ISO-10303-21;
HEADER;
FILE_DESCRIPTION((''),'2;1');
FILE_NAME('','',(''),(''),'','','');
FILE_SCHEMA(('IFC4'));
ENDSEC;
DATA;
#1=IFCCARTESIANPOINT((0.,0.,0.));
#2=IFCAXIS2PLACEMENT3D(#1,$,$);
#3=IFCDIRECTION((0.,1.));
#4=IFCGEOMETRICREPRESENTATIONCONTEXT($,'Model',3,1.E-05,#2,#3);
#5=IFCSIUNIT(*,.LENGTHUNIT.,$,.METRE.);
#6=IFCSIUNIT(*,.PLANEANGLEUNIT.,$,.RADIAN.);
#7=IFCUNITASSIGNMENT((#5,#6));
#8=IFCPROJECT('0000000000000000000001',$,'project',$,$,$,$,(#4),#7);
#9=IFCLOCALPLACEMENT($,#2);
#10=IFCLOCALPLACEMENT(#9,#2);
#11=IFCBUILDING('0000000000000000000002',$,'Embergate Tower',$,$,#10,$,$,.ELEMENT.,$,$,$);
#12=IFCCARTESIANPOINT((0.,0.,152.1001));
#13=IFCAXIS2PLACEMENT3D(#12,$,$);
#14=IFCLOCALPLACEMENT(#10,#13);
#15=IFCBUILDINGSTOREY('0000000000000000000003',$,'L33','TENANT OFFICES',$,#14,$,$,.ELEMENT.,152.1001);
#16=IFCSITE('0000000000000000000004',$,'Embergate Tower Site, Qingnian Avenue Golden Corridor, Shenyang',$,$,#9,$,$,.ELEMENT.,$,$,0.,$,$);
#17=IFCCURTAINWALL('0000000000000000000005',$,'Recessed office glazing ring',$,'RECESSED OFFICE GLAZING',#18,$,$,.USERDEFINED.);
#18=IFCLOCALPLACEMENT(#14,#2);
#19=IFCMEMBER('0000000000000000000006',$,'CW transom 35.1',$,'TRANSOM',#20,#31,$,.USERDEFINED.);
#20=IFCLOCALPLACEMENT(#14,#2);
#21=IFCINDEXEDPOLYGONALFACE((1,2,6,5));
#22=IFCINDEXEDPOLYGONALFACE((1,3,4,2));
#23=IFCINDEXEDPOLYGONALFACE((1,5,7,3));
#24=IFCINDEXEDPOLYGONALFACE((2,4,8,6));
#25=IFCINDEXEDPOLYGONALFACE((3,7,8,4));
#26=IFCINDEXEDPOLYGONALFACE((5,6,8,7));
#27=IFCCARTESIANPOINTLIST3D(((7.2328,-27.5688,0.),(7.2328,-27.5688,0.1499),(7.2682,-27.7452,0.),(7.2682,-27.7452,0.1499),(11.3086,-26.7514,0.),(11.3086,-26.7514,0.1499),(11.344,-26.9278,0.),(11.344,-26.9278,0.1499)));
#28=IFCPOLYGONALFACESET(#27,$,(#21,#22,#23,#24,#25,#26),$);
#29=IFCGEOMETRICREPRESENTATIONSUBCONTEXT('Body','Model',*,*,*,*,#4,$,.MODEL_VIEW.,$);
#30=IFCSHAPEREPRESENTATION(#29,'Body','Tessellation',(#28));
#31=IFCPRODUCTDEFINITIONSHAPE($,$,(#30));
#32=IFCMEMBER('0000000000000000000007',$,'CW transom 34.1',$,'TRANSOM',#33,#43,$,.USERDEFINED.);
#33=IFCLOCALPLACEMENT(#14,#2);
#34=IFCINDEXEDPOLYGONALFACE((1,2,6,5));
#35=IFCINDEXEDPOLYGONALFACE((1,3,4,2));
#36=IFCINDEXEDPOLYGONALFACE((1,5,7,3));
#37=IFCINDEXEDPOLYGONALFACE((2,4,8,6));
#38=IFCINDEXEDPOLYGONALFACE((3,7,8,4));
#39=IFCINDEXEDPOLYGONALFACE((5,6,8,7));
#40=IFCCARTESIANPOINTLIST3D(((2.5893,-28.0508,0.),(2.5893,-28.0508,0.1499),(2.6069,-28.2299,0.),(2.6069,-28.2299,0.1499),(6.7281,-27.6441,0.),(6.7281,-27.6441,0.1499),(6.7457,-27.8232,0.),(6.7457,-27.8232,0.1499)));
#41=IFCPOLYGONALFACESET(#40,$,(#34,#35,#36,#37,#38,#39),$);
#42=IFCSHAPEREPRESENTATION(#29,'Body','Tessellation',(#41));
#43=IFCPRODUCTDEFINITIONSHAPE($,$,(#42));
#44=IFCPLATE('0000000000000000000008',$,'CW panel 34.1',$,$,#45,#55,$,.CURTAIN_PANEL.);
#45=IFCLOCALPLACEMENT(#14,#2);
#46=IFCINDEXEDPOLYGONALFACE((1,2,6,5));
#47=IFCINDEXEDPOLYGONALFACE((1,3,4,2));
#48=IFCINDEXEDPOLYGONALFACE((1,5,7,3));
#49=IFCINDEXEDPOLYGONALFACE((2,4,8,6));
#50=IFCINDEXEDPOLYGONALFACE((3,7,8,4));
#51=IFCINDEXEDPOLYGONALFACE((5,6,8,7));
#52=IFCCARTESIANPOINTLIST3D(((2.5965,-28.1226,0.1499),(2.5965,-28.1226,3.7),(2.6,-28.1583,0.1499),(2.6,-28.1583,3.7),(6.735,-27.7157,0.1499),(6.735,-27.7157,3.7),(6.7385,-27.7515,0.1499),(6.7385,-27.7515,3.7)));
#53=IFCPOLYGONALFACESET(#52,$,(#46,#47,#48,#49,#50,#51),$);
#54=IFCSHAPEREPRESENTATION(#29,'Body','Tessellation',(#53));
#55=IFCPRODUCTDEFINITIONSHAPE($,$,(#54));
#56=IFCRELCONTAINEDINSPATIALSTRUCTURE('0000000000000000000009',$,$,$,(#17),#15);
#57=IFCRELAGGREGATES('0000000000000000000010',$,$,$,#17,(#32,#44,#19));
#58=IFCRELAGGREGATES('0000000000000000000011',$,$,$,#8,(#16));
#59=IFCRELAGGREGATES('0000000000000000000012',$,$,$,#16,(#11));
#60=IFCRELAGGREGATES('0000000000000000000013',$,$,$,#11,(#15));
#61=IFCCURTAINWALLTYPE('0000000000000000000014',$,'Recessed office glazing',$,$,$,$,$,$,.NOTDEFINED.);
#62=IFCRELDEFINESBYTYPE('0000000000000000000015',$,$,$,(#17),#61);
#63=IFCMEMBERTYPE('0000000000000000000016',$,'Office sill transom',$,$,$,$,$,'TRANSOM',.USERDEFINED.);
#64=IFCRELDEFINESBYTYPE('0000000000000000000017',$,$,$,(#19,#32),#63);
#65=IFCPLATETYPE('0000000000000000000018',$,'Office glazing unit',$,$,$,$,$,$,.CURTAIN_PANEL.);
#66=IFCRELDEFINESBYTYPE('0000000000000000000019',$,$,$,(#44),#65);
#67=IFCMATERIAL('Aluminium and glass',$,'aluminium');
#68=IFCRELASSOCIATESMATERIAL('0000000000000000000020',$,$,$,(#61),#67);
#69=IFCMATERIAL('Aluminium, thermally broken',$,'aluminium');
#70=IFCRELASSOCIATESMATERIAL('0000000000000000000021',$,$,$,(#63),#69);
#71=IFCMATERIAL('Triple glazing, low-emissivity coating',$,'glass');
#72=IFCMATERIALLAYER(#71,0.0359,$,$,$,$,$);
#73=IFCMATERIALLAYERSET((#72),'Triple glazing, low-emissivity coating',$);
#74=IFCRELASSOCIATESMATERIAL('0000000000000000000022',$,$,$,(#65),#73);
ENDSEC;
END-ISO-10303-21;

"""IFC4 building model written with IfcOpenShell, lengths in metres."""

from ifc_helpers import new_model, si_unit, direction, frame, origin, origin_2d, place, context, subcontext, project, spatial, rectangle, extrude, source, transform, mapped, material, layer, layer_set, material_profile, profile_set, type_object, element, aggregate, save


model = new_model("IFC4")

# Units and contexts
model_context = context("Model", 3, precision=1e-05, world=origin(), true_north=direction((0.0, 1.0)))
body_context = subcontext(model_context, "Body", "Model", "MODEL_VIEW")
ifc_project = project(units=[si_unit("LENGTHUNIT", "METRE"), si_unit("PLANEANGLEUNIT", "RADIAN")], contexts=[model_context])

# Site, building, storey
site_placement = place(None, origin())
site = spatial("IfcSite", under=ifc_project, at=site_placement, Name="Embergate Tower Site, Qingnian Avenue Golden Corridor, Shenyang", CompositionType="ELEMENT", RefElevation=0.0)
building_placement = place(site_placement, origin())
building = spatial("IfcBuilding", under=site, at=building_placement, Name="Embergate Tower", CompositionType="ELEMENT")
storey_placement = place(building_placement, frame((0.0, 0.0, 152.1001)))
storey = spatial("IfcBuildingStorey", under=building, at=storey_placement, Name="L33", Description="TENANT OFFICES", CompositionType="ELEMENT", Elevation=152.1001)

# Curtain wall, members, plate
ifc_material_1 = material(Name="Aluminium and glass", Category="aluminium")
curtain_wall_type = type_object("IfcCurtainWallType", Name="Recessed office glazing", PredefinedType="NOTDEFINED", material=ifc_material_1)
curtain_wall_placement = place(storey_placement, origin())
curtain_wall = element("IfcCurtainWall", 1, at=curtain_wall_placement, inside=storey, type_object=curtain_wall_type, Name="Recessed office glazing ring", ObjectType="RECESSED OFFICE GLAZING", PredefinedType="USERDEFINED")
ifc_material_2 = material(Name="Aluminium, thermally broken", Category="aluminium")
ifc_material_profile_1 = material_profile(ifc_material_2, rectangle(XDim=0.1799, YDim=0.1499, at=origin_2d()), Name="AL 150x180")
ifc_profile_set_1 = profile_set([ifc_material_profile_1], Name="Aluminium, thermally broken")
member_type_1 = type_object("IfcMemberType", Name="Office sill transom", ElementType="TRANSOM", PredefinedType="USERDEFINED", material=ifc_profile_set_1)
shared_shape_1 = source(origin(), body_context, "Body", "SweptSolid", [
    extrude(rectangle(XDim=0.1799, YDim=0.1499, at=origin_2d()), origin(), (0.0, 0.0, 1.0), 4.157),
])
member_1_placement = place(storey_placement, frame((7.2505, -27.657, 0.075), z_axis=(0.980479, 0.196624, 0.0), x_axis=(-0.196624, 0.980479, 0.0)))
member_1 = element("IfcMember", 2, at=member_1_placement, type_object=member_type_1, Name="CW transom 35.1", ObjectType="TRANSOM", PredefinedType="USERDEFINED", context=body_context, shape_type="MappedRepresentation", body=[
    mapped(shared_shape_1, transform((0.0, 0.0, 0.0))),
])
shared_shape_2 = source(origin(), body_context, "Body", "SweptSolid", [
    extrude(rectangle(XDim=0.1799, YDim=0.1499, at=origin_2d()), origin(), (0.0, 0.0, 1.0), 4.1587),
])
member_2_placement = place(storey_placement, frame((2.5981, -28.1404, 0.075), z_axis=(0.995205, 0.097806, 0.0), x_axis=(-0.097806, 0.995205, 0.0)))
member_2 = element("IfcMember", 3, at=member_2_placement, type_object=member_type_1, Name="CW transom 34.1", ObjectType="TRANSOM", PredefinedType="USERDEFINED", context=body_context, shape_type="MappedRepresentation", body=[
    mapped(shared_shape_2, transform((0.0, 0.0, 0.0))),
])
ifc_material_3 = material(Name="Triple glazing, low-emissivity coating", Category="glass")
ifc_layer = layer(ifc_material_3, 0.0359)
ifc_layer_set = layer_set([ifc_layer], Name="Triple glazing, low-emissivity coating")
plate_type = type_object("IfcPlateType", Name="Office glazing unit", PredefinedType="CURTAIN_PANEL", material=ifc_layer_set)
shared_shape_3 = source(origin(), body_context, "Body", "SweptSolid", [
    extrude(rectangle(XDim=4.1584, YDim=0.0359, at=origin_2d()), origin(), (0.0, 0.0, 1.0), 3.55),
])
plate_placement = place(storey_placement, frame((4.6675, -27.937, 0.1499), z_axis=(0.0, 0.0, 1.0), x_axis=(0.995203, 0.09783, 0.0)))
plate = element("IfcPlate", 4, at=plate_placement, type_object=plate_type, Name="CW panel 34.1", PredefinedType="CURTAIN_PANEL", context=body_context, shape_type="MappedRepresentation", body=[
    mapped(shared_shape_3, transform((0.0, 0.0, 0.0))),
])
aggregate(curtain_wall, [member_2, plate, member_1])

save(model, "model.ifc")
